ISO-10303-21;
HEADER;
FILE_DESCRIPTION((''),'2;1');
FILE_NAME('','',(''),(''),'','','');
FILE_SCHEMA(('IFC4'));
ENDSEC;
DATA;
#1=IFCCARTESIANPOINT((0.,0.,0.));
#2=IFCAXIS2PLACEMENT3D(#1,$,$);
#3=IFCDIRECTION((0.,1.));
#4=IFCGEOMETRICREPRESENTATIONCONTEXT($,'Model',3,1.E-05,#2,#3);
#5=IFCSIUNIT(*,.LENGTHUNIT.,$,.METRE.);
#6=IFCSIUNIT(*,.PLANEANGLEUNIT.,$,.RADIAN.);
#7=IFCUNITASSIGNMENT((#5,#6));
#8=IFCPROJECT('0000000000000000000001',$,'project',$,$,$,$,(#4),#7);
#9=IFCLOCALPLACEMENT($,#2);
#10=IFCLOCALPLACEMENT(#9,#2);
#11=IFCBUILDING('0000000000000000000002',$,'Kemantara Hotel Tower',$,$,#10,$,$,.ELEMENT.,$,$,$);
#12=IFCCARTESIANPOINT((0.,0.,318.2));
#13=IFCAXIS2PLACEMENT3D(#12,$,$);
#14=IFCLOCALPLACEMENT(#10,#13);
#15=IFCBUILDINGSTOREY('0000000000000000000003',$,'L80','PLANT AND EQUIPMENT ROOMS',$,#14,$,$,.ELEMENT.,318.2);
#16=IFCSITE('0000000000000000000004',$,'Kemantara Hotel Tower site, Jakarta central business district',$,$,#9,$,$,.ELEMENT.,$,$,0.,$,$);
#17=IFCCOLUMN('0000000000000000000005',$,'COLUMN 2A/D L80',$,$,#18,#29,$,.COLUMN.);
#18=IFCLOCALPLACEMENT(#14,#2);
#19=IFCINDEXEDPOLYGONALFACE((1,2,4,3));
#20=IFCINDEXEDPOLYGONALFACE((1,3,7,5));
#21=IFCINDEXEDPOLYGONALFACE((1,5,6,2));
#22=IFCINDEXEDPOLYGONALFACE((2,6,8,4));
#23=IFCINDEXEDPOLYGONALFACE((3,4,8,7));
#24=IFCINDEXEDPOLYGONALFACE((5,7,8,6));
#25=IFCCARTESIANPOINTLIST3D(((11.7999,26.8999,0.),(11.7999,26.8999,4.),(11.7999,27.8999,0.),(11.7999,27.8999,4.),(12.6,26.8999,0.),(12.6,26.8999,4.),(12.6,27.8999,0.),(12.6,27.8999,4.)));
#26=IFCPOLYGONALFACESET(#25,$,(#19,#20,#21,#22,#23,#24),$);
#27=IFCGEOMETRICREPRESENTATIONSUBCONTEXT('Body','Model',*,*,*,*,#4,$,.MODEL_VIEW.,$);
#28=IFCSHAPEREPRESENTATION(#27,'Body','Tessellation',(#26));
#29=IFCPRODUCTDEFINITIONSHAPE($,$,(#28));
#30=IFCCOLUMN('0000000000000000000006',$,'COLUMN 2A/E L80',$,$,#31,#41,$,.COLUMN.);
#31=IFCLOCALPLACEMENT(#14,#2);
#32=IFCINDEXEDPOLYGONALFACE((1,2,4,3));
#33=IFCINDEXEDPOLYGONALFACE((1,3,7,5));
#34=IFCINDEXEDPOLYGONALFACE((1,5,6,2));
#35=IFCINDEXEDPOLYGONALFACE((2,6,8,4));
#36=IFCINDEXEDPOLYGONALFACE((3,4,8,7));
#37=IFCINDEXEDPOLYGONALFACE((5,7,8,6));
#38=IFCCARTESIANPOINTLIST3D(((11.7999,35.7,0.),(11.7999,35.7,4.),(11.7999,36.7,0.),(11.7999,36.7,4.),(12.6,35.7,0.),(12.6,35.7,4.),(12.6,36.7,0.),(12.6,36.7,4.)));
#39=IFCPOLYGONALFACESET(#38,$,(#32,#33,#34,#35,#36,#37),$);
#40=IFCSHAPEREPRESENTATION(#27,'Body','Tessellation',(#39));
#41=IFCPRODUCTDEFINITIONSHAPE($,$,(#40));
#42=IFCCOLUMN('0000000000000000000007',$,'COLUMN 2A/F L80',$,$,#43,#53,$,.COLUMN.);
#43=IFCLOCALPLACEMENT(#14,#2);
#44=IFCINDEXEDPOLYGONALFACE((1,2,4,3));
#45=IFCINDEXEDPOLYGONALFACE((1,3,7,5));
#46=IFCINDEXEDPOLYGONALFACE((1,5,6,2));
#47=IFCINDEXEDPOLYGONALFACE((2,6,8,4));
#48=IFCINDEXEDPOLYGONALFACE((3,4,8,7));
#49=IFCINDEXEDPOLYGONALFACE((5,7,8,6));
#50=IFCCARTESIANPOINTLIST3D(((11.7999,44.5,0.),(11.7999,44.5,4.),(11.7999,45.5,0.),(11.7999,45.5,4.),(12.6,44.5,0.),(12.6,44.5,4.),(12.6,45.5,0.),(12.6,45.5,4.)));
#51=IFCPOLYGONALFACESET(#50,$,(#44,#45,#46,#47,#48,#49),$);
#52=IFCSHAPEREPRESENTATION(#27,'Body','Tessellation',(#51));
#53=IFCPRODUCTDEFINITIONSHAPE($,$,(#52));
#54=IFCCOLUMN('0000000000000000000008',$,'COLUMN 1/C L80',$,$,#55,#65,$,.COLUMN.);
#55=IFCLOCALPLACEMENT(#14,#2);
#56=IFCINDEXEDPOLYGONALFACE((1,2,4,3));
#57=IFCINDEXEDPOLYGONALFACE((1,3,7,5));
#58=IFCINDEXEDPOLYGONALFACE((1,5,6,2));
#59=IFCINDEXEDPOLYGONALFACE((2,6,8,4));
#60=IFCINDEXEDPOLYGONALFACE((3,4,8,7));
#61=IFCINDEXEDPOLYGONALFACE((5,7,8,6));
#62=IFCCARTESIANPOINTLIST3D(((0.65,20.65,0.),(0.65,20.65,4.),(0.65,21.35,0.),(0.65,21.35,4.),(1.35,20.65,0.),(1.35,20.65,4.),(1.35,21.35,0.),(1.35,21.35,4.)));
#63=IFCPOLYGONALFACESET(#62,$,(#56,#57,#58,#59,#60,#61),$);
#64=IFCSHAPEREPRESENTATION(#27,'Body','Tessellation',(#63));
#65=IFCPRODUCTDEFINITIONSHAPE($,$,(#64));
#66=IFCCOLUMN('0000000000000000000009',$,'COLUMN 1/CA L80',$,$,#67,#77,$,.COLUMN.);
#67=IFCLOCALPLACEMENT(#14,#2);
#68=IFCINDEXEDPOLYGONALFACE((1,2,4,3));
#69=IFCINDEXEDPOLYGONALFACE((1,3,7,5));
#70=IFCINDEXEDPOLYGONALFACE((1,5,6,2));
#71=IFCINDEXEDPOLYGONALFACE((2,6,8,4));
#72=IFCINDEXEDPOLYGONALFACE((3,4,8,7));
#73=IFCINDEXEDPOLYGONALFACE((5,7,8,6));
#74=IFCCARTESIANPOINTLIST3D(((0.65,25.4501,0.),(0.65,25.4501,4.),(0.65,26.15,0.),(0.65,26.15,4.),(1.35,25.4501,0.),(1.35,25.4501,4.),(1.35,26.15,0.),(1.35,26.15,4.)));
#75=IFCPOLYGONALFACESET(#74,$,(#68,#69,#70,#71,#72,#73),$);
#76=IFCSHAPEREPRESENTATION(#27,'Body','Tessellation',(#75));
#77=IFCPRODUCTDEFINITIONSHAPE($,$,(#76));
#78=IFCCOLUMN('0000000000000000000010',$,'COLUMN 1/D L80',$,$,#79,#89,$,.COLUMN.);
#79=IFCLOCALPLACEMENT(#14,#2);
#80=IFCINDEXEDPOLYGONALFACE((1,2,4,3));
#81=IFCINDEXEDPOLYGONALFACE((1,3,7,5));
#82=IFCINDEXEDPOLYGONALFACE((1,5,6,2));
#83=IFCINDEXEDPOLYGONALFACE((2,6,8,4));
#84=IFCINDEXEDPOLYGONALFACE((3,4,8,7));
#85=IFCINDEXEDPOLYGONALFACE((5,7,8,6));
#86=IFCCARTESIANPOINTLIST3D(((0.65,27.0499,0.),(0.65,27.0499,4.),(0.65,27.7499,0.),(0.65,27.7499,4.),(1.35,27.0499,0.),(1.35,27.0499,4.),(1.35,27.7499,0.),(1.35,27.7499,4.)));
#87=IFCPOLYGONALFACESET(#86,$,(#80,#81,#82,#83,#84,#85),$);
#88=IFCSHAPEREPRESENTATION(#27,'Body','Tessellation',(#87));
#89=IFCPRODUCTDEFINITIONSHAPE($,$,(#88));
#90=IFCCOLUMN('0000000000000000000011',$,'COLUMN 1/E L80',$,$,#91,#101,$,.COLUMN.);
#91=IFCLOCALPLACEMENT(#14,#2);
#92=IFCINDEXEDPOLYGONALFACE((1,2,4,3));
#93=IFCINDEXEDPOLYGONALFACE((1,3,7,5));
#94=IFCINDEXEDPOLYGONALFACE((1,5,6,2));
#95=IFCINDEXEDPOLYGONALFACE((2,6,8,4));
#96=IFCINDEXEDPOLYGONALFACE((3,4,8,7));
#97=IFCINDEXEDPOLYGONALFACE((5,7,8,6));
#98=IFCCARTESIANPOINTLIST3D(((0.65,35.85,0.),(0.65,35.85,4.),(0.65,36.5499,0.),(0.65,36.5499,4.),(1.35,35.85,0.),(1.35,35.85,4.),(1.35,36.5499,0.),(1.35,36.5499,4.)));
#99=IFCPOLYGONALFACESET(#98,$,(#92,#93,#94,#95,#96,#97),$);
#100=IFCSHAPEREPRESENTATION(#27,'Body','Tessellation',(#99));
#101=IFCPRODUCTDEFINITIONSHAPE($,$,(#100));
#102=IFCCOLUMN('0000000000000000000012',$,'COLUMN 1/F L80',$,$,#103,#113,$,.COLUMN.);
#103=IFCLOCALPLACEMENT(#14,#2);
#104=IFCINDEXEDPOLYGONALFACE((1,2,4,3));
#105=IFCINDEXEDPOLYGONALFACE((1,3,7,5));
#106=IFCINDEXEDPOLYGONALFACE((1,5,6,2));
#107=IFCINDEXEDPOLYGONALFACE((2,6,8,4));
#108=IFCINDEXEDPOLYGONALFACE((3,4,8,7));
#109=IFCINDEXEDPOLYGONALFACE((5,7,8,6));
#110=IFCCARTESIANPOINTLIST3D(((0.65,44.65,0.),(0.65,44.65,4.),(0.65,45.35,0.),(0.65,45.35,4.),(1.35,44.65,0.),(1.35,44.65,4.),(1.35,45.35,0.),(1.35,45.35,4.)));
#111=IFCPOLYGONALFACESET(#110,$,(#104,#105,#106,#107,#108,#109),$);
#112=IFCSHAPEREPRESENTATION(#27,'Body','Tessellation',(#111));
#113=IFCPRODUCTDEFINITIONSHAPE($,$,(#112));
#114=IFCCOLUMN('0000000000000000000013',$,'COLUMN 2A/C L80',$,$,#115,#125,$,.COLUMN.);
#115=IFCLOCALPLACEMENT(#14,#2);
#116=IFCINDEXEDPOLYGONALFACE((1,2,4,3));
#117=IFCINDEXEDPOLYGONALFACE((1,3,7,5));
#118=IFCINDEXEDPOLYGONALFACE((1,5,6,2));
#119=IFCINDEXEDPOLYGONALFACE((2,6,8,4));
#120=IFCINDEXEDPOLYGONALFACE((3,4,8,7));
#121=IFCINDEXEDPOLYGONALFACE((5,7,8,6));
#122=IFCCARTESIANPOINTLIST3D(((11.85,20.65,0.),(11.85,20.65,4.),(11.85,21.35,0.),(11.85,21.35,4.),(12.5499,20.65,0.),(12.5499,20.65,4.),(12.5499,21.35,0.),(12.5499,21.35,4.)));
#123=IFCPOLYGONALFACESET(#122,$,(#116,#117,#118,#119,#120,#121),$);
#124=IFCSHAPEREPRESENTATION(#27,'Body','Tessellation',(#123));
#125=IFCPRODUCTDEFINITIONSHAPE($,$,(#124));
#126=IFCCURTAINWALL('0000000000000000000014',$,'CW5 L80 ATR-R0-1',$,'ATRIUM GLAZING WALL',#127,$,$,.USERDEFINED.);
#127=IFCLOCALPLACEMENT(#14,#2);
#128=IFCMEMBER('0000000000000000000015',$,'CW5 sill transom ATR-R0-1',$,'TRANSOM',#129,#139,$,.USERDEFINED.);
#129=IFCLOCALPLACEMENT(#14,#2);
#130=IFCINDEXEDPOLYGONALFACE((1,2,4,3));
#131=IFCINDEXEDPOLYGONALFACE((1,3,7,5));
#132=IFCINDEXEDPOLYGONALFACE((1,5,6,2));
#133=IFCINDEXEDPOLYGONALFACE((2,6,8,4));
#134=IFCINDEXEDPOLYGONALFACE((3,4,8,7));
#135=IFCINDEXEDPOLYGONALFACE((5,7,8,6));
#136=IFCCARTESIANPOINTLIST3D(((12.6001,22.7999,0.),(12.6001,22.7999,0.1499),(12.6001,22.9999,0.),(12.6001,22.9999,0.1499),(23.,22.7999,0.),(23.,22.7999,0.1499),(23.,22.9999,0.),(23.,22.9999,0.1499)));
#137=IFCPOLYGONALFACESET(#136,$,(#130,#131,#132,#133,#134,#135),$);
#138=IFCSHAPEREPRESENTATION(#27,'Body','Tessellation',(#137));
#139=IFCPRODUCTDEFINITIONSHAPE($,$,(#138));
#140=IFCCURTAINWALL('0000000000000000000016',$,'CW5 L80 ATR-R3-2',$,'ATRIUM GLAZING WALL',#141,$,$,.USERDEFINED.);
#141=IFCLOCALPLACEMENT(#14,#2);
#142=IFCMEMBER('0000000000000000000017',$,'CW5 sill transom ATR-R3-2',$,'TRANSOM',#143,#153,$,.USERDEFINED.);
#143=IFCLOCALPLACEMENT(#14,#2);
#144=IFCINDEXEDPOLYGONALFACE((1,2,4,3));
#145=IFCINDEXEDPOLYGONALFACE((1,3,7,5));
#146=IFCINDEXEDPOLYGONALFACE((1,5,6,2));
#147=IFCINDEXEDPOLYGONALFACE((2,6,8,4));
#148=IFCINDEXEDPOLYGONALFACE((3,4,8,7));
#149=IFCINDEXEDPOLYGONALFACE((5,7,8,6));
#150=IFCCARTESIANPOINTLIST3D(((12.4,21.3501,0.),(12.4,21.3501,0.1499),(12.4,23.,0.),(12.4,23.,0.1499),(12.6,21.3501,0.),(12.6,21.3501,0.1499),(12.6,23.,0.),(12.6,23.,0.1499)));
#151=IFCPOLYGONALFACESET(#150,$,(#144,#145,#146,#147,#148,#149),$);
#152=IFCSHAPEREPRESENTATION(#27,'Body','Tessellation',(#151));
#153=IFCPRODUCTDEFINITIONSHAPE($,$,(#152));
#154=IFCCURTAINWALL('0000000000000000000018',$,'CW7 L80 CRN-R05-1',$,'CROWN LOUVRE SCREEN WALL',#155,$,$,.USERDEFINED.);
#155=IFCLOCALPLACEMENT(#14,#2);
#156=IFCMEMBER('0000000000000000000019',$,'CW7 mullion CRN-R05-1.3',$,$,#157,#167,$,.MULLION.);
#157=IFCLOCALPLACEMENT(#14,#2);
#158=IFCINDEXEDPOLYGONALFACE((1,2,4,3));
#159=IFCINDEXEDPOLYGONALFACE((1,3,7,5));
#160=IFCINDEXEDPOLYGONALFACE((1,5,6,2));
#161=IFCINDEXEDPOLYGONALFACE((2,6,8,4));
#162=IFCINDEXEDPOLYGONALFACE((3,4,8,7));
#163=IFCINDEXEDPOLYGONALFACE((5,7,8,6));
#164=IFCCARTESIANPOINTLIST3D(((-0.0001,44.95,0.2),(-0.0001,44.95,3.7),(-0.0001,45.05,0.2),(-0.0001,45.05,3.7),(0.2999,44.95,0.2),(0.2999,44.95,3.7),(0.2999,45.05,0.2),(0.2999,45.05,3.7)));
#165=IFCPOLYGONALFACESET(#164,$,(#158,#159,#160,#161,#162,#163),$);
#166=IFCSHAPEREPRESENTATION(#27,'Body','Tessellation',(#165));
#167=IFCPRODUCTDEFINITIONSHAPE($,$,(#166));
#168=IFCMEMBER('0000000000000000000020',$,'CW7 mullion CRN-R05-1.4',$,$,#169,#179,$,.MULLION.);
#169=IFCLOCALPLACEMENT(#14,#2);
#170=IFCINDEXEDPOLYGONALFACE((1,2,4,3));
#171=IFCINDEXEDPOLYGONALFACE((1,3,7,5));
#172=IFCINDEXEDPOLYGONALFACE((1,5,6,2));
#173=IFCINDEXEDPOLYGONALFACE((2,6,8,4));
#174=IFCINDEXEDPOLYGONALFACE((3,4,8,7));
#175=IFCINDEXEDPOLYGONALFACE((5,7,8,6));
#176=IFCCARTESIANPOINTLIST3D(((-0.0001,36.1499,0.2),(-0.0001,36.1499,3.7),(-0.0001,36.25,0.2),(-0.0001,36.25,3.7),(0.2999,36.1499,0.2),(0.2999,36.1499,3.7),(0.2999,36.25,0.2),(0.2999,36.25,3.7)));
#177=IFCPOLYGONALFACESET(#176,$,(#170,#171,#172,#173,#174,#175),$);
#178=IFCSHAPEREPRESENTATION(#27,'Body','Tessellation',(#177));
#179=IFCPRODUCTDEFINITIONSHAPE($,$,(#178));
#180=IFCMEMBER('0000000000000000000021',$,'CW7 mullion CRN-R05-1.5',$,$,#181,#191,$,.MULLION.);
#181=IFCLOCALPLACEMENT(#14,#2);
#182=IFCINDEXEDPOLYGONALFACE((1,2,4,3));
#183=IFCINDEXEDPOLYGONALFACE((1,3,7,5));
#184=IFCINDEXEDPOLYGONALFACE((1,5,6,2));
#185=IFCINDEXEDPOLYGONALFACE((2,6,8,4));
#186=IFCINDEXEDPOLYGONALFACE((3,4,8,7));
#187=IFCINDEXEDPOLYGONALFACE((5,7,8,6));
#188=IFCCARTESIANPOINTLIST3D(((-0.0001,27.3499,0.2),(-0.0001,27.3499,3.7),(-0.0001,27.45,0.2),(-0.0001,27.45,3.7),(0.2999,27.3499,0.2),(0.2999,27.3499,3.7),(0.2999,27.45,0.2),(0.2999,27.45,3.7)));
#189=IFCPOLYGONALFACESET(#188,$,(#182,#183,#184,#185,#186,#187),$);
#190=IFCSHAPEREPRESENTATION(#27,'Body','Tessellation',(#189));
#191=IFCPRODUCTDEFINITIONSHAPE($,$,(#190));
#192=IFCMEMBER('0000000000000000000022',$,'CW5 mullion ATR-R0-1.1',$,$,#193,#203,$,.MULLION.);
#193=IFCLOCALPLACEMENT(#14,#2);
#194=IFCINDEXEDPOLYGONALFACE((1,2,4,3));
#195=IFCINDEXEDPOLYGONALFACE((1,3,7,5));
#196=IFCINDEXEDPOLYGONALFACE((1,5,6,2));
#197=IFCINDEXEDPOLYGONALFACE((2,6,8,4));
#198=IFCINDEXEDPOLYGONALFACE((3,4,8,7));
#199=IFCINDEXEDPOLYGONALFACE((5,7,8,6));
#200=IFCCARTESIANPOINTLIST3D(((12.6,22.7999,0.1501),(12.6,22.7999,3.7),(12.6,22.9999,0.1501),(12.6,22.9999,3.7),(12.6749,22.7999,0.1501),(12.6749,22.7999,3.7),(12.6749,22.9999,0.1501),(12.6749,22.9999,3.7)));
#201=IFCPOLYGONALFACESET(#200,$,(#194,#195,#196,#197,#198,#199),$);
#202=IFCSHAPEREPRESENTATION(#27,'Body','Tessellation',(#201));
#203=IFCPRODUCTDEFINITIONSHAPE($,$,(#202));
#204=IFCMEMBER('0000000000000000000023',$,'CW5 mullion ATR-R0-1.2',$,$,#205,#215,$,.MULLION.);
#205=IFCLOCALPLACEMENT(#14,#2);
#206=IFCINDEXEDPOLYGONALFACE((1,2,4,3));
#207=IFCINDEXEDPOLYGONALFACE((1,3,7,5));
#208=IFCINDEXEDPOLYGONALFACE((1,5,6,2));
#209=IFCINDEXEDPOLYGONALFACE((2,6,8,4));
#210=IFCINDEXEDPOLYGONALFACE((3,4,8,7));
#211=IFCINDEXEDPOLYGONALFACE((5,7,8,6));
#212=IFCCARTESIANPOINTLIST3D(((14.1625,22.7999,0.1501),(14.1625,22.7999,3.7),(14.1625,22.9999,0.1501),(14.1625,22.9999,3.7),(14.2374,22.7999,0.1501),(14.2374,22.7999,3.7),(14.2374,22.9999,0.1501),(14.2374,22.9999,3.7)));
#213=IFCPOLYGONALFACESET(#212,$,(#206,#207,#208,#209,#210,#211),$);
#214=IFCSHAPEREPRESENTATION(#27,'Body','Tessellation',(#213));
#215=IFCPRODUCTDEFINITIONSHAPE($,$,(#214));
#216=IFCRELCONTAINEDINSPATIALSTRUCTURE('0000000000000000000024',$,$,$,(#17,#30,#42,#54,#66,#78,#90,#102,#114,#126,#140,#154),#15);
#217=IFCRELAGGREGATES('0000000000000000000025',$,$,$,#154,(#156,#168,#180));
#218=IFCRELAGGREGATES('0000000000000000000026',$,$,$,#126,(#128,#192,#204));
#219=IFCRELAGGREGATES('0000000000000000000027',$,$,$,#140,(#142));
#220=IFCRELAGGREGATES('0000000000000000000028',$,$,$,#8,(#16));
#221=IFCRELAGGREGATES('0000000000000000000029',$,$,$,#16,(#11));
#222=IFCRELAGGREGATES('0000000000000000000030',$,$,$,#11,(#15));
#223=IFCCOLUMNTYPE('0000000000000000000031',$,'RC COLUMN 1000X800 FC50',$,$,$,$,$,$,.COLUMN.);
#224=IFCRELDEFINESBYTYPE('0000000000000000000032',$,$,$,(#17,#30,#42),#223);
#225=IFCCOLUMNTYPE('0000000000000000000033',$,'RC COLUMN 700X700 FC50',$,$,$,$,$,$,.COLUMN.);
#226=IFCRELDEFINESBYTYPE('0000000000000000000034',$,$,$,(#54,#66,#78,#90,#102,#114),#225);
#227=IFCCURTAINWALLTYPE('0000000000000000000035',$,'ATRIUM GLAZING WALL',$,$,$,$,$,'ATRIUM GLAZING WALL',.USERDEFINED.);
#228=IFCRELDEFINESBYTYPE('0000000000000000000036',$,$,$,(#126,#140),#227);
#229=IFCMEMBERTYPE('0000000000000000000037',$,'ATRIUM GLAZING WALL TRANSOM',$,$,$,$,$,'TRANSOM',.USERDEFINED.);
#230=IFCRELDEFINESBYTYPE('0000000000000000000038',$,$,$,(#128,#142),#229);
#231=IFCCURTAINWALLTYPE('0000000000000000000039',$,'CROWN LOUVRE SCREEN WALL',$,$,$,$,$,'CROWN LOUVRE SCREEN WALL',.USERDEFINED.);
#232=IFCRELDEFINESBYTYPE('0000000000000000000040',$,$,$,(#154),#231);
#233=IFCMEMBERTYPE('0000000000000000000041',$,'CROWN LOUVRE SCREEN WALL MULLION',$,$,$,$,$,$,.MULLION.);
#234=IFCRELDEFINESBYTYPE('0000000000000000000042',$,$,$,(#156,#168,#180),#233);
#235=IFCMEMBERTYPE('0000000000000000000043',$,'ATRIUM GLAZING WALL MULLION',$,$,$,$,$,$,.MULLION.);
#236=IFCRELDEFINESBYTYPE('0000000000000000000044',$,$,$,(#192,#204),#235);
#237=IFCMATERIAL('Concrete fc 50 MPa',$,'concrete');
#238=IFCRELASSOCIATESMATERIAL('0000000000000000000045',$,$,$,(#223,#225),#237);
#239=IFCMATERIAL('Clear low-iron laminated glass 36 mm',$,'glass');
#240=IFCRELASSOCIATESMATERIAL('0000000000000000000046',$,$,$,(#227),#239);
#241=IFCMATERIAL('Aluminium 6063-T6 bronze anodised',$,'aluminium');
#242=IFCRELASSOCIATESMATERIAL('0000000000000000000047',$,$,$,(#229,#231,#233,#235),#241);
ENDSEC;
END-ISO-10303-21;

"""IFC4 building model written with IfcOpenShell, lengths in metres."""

from ifc_helpers import new_model, si_unit, direction, frame, origin, origin_2d, place, context, subcontext, project, spatial, rectangle, extrude, source, transform, mapped, material, material_profile, profile_set, type_object, element, aggregate, save


model = new_model("IFC4")

# Units and contexts
model_context = context("Model", 3, precision=1e-05, world=origin(), true_north=direction((0.0, 1.0)))
body_context = subcontext(model_context, "Body", "Model", "MODEL_VIEW")
ifc_project = project(units=[si_unit("LENGTHUNIT", "METRE"), si_unit("PLANEANGLEUNIT", "RADIAN")], contexts=[model_context])

# Site, building, storey
site_placement = place(None, origin())
site = spatial("IfcSite", under=ifc_project, at=site_placement, Name="Kemantara Hotel Tower site, Jakarta central business district", CompositionType="ELEMENT", RefElevation=0.0)
building_placement = place(site_placement, origin())
building = spatial("IfcBuilding", under=site, at=building_placement, Name="Kemantara Hotel Tower", CompositionType="ELEMENT")
storey_placement = place(building_placement, frame((0.0, 0.0, 318.2)))
storey = spatial("IfcBuildingStorey", under=building, at=storey_placement, Name="L80", Description="PLANT AND EQUIPMENT ROOMS", CompositionType="ELEMENT", Elevation=318.2)

# Columns
ifc_material_1 = material(Name="Concrete fc 50 MPa", Category="concrete")
ifc_material_profile_1 = material_profile(ifc_material_1, rectangle(XDim=1.0, YDim=0.8, at=origin_2d()), Name="RC 1000X800")
ifc_profile_set_1 = profile_set([ifc_material_profile_1], Name="Concrete fc 50 MPa")
column_type_1 = type_object("IfcColumnType", Name="RC COLUMN 1000X800 FC50", PredefinedType="COLUMN", material=ifc_profile_set_1)
for number, where, z_axis, x_axis, name in (
    (1, (12.2, 27.3999, 0.0), (0.0, 0.0, 1.0), (0.0, 1.0, 0.0), "COLUMN 2A/D L80"),
    (2, (12.2, 36.2, 0.0), (0.0, 0.0, 1.0), (0.0, 1.0, 0.0), "COLUMN 2A/E L80"),
    (3, (12.2, 45.0, 0.0), (0.0, 0.0, 1.0), (0.0, 1.0, 0.0), "COLUMN 2A/F L80"),
):
    element("IfcColumn", number, at=place(storey_placement, frame(where, z_axis=z_axis, x_axis=x_axis)), inside=storey, type_object=column_type_1, Name=name, PredefinedType="COLUMN", context=body_context, shape_type="SweptSolid", body=[
        extrude(rectangle(XDim=1.0, YDim=0.8, at=origin_2d()), origin(), (0.0, 0.0, 1.0), 4.0),
    ])
ifc_material_profile_2 = material_profile(ifc_material_1, rectangle(XDim=0.7, YDim=0.7, at=origin_2d()), Name="RC 700X700")
ifc_profile_set_2 = profile_set([ifc_material_profile_2], Name="Concrete fc 50 MPa")
column_type_2 = type_object("IfcColumnType", Name="RC COLUMN 700X700 FC50", PredefinedType="COLUMN", material=ifc_profile_set_2)
for number, where, z_axis, x_axis, name in (
    (4, (1.0, 21.0, 0.0), (0.0, 0.0, 1.0), (1.0, 0.0, 0.0), "COLUMN 1/C L80"),
    (5, (1.0, 25.8, 0.0), (0.0, 0.0, 1.0), (1.0, 0.0, 0.0), "COLUMN 1/CA L80"),
    (6, (1.0, 27.3999, 0.0), (0.0, 0.0, 1.0), (1.0, 0.0, 0.0), "COLUMN 1/D L80"),
    (7, (1.0, 36.2, 0.0), (0.0, 0.0, 1.0), (1.0, 0.0, 0.0), "COLUMN 1/E L80"),
    (8, (1.0, 45.0, 0.0), (0.0, 0.0, 1.0), (1.0, 0.0, 0.0), "COLUMN 1/F L80"),
    (9, (12.2, 21.0, 0.0), (0.0, 0.0, 1.0), (1.0, 0.0, 0.0), "COLUMN 2A/C L80"),
):
    element("IfcColumn", number, at=place(storey_placement, frame(where, z_axis=z_axis, x_axis=x_axis)), inside=storey, type_object=column_type_2, Name=name, PredefinedType="COLUMN", context=body_context, shape_type="SweptSolid", body=[
        extrude(rectangle(XDim=0.7, YDim=0.7, at=origin_2d()), origin(), (0.0, 0.0, 1.0), 4.0),
    ])

# Curtain walls, members
ifc_material_2 = material(Name="Clear low-iron laminated glass 36 mm", Category="glass")
curtain_wall_type_1 = type_object("IfcCurtainWallType", Name="ATRIUM GLAZING WALL", ElementType="ATRIUM GLAZING WALL", PredefinedType="USERDEFINED", material=ifc_material_2)
curtain_wall_1_placement = place(storey_placement, origin())
curtain_wall_1 = element("IfcCurtainWall", 10, at=curtain_wall_1_placement, inside=storey, type_object=curtain_wall_type_1, Name="CW5 L80 ATR-R0-1", ObjectType="ATRIUM GLAZING WALL", PredefinedType="USERDEFINED")
ifc_material_3 = material(Name="Aluminium 6063-T6 bronze anodised", Category="aluminium")
ifc_material_profile_3 = material_profile(ifc_material_3, rectangle(XDim=0.2, YDim=0.1499, at=origin_2d()), Name="ATRIUM GLAZING WALL TRANSOM")
ifc_profile_set_3 = profile_set([ifc_material_profile_3], Name="Aluminium 6063-T6 bronze anodised")
member_type_1 = type_object("IfcMemberType", Name="ATRIUM GLAZING WALL TRANSOM", ElementType="TRANSOM", PredefinedType="USERDEFINED", material=ifc_profile_set_3)
member_1_placement = place(storey_placement, frame((12.6001, 22.8999, 0.075), z_axis=(1.0, 0.0, 0.0), x_axis=(0.0, 1.0, 0.0)))
member_1 = element("IfcMember", 11, at=member_1_placement, type_object=member_type_1, Name="CW5 sill transom ATR-R0-1", ObjectType="TRANSOM", PredefinedType="USERDEFINED", context=body_context, shape_type="SweptSolid", body=[
    extrude(rectangle(XDim=0.2, YDim=0.1499, at=origin_2d()), origin(), (0.0, 0.0, 1.0), 10.3999),
])
curtain_wall_2_placement = place(storey_placement, origin())
curtain_wall_2 = element("IfcCurtainWall", 12, at=curtain_wall_2_placement, inside=storey, type_object=curtain_wall_type_1, Name="CW5 L80 ATR-R3-2", ObjectType="ATRIUM GLAZING WALL", PredefinedType="USERDEFINED")
member_2_placement = place(storey_placement, frame((12.5, 21.3501, 0.075), z_axis=(0.0, 1.0, 0.0), x_axis=(-1.0, 0.0, 0.0)))
member_2 = element("IfcMember", 13, at=member_2_placement, type_object=member_type_1, Name="CW5 sill transom ATR-R3-2", ObjectType="TRANSOM", PredefinedType="USERDEFINED", context=body_context, shape_type="SweptSolid", body=[
    extrude(rectangle(XDim=0.2, YDim=0.1499, at=origin_2d()), origin(), (0.0, 0.0, 1.0), 1.6499),
])

# Curtain wall, members
curtain_wall_type_2 = type_object("IfcCurtainWallType", Name="CROWN LOUVRE SCREEN WALL", ElementType="CROWN LOUVRE SCREEN WALL", PredefinedType="USERDEFINED", material=ifc_material_3)
curtain_wall_3_placement = place(storey_placement, origin())
curtain_wall_3 = element("IfcCurtainWall", 14, at=curtain_wall_3_placement, inside=storey, type_object=curtain_wall_type_2, Name="CW7 L80 CRN-R05-1", ObjectType="CROWN LOUVRE SCREEN WALL", PredefinedType="USERDEFINED")
ifc_material_profile_4 = material_profile(ifc_material_3, rectangle(XDim=0.3, YDim=0.1001, at=origin_2d()), Name="CROWN LOUVRE SCREEN WALL MULLION")
ifc_profile_set_4 = profile_set([ifc_material_profile_4], Name="Aluminium 6063-T6 bronze anodised")
member_type_2 = type_object("IfcMemberType", Name="CROWN LOUVRE SCREEN WALL MULLION", PredefinedType="MULLION", material=ifc_profile_set_4)
shared_shape_1 = source(origin(), body_context, "Body", "SweptSolid", [
    extrude(rectangle(XDim=0.3, YDim=0.1001, at=origin_2d()), origin(), (0.0, 0.0, 1.0), 3.5),
])
member_3_placement = place(storey_placement, frame((0.1499, 45.0, 0.2), z_axis=(0.0, 0.0, 1.0), x_axis=(1.0, 0.0, 0.0)))
member_3 = element("IfcMember", 15, at=member_3_placement, type_object=member_type_2, Name="CW7 mullion CRN-R05-1.3", PredefinedType="MULLION", context=body_context, shape_type="MappedRepresentation", body=[
    mapped(shared_shape_1, transform((0.0, 0.0, 0.0))),
])
member_4_placement = place(storey_placement, frame((0.1499, 36.2, 0.2), z_axis=(0.0, 0.0, 1.0), x_axis=(1.0, 0.0, 0.0)))
member_4 = element("IfcMember", 16, at=member_4_placement, type_object=member_type_2, Name="CW7 mullion CRN-R05-1.4", PredefinedType="MULLION", context=body_context, shape_type="MappedRepresentation", body=[
    mapped(shared_shape_1, transform((0.0, 0.0, 0.0))),
])
member_5_placement = place(storey_placement, frame((0.1499, 27.3999, 0.2), z_axis=(0.0, 0.0, 1.0), x_axis=(1.0, 0.0, 0.0)))
member_5 = element("IfcMember", 17, at=member_5_placement, type_object=member_type_2, Name="CW7 mullion CRN-R05-1.5", PredefinedType="MULLION", context=body_context, shape_type="MappedRepresentation", body=[
    mapped(shared_shape_1, transform((0.0, 0.0, 0.0))),
])

# Members
ifc_material_profile_5 = material_profile(ifc_material_3, rectangle(XDim=0.2, YDim=0.075, at=origin_2d()), Name="ATRIUM GLAZING WALL MULLION")
ifc_profile_set_5 = profile_set([ifc_material_profile_5], Name="Aluminium 6063-T6 bronze anodised")
member_type_3 = type_object("IfcMemberType", Name="ATRIUM GLAZING WALL MULLION", PredefinedType="MULLION", material=ifc_profile_set_5)
shared_shape_2 = source(origin(), body_context, "Body", "SweptSolid", [
    extrude(rectangle(XDim=0.2, YDim=0.075, at=origin_2d()), origin(), (0.0, 0.0, 1.0), 3.5498),
])
member_6_placement = place(storey_placement, frame((12.6375, 22.8999, 0.1501), z_axis=(0.0, 0.0, 1.0), x_axis=(0.0, 1.0, 0.0)))
member_6 = element("IfcMember", 18, at=member_6_placement, type_object=member_type_3, Name="CW5 mullion ATR-R0-1.1", PredefinedType="MULLION", context=body_context, shape_type="MappedRepresentation", body=[
    mapped(shared_shape_2, transform((0.0, 0.0, 0.0))),
])
member_7_placement = place(storey_placement, frame((14.2, 22.8999, 0.1501), z_axis=(0.0, 0.0, 1.0), x_axis=(0.0, 1.0, 0.0)))
member_7 = element("IfcMember", 19, at=member_7_placement, type_object=member_type_3, Name="CW5 mullion ATR-R0-1.2", PredefinedType="MULLION", context=body_context, shape_type="MappedRepresentation", body=[
    mapped(shared_shape_2, transform((0.0, 0.0, 0.0))),
])

aggregate(curtain_wall_3, [member_3, member_4, member_5])
aggregate(curtain_wall_1, [member_1, member_6, member_7])
aggregate(curtain_wall_2, [member_2])

save(model, "model.ifc")
